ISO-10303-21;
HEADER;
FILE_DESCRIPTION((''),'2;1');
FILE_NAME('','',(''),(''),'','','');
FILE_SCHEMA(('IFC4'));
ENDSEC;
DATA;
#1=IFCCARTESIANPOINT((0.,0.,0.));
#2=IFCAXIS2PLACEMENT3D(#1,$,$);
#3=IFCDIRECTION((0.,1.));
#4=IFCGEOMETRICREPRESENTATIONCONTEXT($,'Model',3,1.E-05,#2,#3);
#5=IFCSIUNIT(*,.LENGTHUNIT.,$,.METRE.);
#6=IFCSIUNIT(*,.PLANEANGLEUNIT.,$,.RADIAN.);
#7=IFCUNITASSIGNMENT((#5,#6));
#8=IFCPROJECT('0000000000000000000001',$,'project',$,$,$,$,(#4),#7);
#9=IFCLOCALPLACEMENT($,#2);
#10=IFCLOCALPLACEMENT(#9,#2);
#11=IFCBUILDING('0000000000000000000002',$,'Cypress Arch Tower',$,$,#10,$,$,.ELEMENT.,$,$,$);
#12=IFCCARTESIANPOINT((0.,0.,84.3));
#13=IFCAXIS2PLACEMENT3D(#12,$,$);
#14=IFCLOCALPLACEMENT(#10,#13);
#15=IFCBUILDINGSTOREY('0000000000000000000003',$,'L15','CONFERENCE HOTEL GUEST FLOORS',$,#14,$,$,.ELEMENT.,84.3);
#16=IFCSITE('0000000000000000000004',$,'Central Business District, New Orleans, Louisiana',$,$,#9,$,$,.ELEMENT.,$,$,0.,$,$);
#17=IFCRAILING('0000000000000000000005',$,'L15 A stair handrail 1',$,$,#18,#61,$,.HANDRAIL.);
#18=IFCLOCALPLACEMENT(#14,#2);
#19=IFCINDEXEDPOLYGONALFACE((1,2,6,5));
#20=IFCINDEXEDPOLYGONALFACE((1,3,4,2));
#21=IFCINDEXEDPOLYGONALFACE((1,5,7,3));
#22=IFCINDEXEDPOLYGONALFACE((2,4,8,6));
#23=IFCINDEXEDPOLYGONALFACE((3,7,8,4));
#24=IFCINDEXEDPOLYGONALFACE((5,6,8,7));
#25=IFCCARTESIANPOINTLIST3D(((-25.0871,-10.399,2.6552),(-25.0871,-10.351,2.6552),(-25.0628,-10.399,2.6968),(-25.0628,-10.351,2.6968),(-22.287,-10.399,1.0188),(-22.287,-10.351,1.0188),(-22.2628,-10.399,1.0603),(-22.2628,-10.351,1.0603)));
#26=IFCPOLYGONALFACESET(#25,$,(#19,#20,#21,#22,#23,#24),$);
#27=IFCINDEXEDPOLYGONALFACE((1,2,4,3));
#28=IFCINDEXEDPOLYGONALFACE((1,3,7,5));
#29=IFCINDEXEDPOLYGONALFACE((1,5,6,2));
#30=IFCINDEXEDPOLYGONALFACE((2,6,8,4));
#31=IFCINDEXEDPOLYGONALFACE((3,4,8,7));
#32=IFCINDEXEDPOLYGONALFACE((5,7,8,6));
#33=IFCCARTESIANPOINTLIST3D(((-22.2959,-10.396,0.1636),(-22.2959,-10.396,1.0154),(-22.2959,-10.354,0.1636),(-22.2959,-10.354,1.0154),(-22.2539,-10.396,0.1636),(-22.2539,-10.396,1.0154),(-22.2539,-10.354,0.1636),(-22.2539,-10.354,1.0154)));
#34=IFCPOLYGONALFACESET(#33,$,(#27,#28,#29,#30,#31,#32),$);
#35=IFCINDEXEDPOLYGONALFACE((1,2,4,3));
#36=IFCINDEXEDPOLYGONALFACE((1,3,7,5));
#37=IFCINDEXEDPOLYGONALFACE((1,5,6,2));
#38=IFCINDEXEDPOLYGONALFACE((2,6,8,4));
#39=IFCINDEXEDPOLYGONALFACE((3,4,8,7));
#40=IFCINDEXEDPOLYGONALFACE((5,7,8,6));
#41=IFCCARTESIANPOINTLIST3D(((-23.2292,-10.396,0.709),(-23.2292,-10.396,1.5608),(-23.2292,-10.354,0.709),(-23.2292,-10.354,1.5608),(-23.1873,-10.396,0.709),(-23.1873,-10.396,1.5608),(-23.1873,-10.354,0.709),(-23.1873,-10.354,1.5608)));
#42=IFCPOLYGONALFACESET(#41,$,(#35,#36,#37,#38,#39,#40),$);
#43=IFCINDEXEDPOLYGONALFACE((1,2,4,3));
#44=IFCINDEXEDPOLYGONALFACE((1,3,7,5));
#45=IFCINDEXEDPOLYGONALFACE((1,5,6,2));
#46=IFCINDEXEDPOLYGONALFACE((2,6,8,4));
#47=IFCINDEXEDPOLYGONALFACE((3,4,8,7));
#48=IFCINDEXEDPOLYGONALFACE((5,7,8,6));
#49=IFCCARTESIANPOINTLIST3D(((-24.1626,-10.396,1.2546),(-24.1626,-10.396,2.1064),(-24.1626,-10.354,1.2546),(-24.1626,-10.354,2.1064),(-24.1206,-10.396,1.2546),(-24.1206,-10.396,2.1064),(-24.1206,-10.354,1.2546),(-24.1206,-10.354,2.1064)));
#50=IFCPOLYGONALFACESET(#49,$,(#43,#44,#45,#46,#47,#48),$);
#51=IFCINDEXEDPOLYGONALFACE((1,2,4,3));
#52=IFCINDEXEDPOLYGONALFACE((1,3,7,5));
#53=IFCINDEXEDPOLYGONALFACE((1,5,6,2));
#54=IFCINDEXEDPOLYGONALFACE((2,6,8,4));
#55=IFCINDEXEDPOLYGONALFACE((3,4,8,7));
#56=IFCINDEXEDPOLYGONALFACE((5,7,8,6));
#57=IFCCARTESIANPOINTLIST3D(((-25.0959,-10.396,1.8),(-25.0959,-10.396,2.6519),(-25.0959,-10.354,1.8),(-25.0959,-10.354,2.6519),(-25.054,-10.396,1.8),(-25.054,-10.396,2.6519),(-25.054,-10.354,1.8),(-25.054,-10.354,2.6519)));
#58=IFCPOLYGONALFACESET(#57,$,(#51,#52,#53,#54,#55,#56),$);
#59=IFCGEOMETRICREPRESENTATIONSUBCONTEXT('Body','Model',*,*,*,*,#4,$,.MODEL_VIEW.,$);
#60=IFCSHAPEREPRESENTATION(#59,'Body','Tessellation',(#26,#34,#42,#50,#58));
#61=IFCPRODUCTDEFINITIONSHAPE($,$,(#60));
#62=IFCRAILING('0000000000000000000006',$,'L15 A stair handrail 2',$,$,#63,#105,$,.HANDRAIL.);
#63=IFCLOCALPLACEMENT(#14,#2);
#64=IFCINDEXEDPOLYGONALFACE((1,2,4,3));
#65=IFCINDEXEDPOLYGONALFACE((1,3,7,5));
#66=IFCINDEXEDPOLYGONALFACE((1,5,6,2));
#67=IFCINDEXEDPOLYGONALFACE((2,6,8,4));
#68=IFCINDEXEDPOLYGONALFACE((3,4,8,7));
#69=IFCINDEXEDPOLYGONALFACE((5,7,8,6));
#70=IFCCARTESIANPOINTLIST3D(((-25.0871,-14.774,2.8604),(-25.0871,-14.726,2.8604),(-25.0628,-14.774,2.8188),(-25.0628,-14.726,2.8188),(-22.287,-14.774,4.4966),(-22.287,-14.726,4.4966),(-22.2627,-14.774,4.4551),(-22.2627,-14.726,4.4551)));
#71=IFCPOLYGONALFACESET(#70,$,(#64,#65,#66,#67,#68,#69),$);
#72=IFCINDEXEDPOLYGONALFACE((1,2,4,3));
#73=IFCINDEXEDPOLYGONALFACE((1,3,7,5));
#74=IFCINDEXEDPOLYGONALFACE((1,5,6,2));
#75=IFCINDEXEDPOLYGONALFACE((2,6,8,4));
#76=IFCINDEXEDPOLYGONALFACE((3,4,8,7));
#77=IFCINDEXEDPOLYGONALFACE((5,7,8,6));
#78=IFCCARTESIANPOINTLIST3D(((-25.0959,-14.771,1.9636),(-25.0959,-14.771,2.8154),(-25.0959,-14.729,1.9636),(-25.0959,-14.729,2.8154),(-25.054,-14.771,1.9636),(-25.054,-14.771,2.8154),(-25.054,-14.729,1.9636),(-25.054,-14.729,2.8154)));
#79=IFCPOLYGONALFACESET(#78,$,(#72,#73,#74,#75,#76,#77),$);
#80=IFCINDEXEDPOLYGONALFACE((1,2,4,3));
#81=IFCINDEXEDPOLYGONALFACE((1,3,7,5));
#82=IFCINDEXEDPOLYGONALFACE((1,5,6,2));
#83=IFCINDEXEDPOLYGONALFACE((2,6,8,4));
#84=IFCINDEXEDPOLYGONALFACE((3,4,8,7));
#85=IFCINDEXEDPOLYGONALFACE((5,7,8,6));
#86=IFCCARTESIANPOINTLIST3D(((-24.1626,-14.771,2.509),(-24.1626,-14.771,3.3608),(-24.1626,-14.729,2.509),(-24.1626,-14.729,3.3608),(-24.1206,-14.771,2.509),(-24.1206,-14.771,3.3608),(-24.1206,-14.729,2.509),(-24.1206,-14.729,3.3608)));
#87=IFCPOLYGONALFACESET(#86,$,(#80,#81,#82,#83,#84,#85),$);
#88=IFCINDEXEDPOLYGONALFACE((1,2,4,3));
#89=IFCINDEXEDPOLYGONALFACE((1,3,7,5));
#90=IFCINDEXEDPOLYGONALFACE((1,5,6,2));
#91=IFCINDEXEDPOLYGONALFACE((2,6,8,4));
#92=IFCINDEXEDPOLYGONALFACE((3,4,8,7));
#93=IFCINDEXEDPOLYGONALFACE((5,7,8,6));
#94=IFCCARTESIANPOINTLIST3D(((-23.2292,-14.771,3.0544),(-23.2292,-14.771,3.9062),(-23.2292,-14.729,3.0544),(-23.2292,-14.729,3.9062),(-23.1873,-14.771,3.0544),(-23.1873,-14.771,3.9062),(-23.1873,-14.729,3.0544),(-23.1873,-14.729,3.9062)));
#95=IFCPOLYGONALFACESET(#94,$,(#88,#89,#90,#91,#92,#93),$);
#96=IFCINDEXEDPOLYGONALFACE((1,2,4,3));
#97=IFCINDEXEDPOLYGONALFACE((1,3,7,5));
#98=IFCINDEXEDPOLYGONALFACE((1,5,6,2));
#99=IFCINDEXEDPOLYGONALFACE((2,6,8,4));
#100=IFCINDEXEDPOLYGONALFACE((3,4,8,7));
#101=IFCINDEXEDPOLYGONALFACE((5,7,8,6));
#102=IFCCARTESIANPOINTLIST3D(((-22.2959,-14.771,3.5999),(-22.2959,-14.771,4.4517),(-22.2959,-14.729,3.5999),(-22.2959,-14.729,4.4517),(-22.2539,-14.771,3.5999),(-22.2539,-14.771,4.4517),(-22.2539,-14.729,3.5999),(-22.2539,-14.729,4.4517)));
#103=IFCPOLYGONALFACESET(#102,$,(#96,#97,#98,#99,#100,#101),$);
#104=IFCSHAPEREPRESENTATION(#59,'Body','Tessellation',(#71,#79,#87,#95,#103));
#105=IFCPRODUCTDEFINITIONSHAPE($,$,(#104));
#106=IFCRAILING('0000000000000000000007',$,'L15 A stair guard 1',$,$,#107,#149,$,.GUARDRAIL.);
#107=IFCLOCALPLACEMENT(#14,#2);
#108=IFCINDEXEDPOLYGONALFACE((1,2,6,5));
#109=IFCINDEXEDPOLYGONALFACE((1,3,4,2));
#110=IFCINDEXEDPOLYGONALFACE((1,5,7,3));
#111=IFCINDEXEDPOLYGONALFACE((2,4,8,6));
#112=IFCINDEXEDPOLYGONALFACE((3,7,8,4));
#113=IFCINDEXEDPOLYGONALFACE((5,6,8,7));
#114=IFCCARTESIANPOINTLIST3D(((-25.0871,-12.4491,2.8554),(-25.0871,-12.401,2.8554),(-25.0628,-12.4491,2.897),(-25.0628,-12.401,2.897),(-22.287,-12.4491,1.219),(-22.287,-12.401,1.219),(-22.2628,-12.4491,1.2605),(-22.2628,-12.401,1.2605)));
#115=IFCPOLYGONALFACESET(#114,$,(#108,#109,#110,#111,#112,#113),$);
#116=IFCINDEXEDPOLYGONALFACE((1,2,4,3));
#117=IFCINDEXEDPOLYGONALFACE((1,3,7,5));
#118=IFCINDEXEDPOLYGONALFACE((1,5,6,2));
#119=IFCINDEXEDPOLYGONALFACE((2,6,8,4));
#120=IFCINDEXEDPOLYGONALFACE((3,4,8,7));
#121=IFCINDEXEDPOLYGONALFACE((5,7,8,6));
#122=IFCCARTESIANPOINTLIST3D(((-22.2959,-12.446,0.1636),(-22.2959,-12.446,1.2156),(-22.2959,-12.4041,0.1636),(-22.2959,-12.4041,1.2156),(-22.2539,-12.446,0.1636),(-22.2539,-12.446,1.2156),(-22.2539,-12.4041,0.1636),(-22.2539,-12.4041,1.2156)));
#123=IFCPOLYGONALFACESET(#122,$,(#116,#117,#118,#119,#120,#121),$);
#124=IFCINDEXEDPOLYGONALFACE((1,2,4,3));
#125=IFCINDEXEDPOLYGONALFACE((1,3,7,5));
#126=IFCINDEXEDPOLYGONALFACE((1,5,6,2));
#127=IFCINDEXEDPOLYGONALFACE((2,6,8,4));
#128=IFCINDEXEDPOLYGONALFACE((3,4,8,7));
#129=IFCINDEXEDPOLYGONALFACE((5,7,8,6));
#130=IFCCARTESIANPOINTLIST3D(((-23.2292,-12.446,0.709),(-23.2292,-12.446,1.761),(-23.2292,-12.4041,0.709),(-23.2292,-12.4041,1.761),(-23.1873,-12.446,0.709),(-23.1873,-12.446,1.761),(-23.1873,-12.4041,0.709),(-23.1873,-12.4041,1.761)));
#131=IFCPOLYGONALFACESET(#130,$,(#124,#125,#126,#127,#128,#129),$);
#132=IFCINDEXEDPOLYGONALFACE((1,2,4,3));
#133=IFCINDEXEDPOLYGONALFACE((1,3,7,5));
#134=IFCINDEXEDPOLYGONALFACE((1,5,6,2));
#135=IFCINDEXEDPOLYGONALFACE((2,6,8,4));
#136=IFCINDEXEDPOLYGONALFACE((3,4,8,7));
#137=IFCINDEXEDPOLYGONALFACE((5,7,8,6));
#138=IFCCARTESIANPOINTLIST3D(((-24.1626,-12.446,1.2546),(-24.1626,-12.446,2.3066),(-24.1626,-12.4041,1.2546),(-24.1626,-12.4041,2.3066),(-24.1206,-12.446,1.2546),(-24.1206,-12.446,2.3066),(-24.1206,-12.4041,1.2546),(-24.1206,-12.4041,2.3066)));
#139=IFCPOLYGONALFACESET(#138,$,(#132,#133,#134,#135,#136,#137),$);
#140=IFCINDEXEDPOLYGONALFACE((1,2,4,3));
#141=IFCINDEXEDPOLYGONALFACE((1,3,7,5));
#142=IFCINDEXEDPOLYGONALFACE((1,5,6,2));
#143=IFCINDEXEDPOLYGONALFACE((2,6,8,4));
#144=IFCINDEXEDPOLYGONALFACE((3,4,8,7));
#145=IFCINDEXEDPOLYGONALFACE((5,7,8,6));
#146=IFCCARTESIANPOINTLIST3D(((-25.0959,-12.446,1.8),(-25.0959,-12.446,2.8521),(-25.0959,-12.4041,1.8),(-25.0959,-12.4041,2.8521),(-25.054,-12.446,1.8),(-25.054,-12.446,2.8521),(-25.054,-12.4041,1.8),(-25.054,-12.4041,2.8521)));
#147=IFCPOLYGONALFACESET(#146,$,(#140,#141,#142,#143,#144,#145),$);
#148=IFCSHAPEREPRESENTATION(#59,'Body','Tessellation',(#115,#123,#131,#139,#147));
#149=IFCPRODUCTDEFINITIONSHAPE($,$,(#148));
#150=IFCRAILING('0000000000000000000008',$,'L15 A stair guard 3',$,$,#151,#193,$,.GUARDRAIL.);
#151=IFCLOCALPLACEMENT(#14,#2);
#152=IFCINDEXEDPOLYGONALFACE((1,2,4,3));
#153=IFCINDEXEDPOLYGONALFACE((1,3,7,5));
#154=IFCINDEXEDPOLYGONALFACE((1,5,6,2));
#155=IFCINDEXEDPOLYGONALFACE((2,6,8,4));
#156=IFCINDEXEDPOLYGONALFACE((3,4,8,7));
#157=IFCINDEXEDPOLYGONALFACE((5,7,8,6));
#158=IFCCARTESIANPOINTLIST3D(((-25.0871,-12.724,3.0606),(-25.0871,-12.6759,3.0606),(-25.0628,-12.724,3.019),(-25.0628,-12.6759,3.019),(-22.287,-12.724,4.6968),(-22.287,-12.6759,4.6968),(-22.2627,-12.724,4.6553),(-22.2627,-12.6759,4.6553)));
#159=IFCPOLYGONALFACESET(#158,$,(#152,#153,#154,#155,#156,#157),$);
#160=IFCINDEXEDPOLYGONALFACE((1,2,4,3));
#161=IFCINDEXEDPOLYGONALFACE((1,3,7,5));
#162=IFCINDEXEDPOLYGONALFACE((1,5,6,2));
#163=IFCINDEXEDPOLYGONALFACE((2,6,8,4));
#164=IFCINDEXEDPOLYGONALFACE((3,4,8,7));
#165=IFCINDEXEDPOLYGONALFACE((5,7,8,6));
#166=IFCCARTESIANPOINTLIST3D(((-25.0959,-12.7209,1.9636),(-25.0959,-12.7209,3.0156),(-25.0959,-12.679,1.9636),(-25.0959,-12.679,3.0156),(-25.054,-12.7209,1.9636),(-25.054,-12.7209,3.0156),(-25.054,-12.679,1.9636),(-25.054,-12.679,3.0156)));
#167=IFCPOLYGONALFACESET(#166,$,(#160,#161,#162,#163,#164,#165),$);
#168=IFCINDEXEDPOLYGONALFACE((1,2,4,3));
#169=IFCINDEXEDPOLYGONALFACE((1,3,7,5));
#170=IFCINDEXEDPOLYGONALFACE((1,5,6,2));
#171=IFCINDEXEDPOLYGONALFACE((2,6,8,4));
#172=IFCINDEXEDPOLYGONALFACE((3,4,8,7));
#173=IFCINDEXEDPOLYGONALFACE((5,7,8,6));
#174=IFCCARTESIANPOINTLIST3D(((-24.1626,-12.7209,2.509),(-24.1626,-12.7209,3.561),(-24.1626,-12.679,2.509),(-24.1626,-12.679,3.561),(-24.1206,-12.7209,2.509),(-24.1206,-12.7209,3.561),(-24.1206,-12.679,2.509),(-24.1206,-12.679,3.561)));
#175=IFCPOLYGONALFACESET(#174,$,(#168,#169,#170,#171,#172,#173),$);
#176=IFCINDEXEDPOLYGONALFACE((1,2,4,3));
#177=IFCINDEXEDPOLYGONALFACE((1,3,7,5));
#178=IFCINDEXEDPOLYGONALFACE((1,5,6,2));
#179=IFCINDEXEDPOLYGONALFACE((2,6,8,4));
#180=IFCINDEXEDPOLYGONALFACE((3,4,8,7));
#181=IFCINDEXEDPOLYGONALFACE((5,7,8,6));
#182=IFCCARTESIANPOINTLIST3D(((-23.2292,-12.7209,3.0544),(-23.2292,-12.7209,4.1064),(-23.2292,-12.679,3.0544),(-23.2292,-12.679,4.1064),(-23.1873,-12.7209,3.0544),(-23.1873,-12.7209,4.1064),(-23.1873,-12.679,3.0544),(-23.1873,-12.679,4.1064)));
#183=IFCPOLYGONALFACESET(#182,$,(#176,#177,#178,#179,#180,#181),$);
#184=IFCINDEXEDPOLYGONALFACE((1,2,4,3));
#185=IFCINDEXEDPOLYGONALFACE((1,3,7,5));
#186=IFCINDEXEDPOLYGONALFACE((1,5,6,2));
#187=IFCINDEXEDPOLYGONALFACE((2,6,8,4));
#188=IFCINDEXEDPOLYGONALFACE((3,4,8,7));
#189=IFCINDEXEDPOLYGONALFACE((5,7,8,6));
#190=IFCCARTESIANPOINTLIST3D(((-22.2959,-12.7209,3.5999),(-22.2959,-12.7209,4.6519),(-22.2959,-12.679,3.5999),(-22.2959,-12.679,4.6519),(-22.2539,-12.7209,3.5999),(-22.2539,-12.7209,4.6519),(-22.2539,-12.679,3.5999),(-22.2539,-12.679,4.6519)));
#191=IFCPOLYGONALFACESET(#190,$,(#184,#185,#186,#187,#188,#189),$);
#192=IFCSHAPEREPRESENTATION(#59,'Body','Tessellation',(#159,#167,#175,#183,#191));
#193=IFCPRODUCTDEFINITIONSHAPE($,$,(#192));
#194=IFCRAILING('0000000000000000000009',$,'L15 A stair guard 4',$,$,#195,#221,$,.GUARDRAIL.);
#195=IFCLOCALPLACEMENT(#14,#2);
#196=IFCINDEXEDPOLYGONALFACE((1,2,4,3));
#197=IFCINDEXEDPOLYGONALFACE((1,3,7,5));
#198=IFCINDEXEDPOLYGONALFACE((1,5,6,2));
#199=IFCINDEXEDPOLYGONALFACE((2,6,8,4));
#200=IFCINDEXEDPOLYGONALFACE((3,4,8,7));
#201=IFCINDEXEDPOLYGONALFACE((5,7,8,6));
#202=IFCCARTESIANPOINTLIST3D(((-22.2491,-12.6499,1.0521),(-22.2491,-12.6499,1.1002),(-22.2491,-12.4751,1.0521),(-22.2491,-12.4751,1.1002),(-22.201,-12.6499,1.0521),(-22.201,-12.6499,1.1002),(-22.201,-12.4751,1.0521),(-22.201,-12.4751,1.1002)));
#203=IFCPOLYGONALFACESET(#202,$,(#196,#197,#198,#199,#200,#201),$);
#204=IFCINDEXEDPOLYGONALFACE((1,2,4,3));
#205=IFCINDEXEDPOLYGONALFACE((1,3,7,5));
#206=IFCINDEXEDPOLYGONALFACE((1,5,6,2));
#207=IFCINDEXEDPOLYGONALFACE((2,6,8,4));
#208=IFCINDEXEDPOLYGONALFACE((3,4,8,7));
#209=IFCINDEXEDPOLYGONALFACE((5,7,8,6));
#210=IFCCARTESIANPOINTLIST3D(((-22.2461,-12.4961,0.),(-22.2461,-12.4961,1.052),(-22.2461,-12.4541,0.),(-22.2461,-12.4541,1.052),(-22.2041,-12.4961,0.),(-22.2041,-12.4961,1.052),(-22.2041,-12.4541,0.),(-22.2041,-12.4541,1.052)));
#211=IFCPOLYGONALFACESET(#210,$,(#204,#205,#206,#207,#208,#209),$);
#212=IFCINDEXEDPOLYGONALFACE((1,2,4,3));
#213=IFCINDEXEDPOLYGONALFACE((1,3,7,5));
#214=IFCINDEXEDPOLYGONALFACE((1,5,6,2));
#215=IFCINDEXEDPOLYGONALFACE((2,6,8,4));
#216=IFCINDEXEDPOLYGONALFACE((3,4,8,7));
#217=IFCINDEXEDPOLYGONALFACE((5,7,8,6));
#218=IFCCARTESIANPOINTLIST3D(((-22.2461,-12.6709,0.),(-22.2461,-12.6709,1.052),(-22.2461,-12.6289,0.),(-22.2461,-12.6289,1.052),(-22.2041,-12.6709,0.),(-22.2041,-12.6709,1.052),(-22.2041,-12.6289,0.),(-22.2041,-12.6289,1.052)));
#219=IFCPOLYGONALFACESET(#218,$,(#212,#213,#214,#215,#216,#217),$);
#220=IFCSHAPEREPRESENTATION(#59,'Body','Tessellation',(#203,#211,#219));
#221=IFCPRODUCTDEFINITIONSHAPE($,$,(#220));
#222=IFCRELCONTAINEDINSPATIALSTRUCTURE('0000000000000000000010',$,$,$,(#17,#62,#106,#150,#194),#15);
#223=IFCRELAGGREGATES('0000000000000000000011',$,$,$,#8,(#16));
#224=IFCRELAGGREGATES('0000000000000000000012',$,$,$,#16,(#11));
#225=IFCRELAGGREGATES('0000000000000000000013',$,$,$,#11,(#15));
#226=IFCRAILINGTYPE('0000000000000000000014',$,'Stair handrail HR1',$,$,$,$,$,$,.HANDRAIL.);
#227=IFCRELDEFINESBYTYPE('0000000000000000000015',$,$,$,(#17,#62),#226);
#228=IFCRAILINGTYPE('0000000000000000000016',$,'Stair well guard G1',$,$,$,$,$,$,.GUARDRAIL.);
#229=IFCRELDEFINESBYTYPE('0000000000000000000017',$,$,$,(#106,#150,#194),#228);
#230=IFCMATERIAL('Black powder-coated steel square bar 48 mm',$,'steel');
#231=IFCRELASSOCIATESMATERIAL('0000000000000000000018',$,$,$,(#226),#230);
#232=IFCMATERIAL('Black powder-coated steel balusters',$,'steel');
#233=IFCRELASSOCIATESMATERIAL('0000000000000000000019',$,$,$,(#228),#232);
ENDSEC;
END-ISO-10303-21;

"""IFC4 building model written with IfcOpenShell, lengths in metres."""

from ifc_helpers import new_model, si_unit, direction, frame, origin, origin_2d, place, context, subcontext, project, spatial, rectangle, extrude, material, type_object, element, save


model = new_model("IFC4")

# Units and contexts
model_context = context("Model", 3, precision=1e-05, world=origin(), true_north=direction((0.0, 1.0)))
body_context = subcontext(model_context, "Body", "Model", "MODEL_VIEW")
ifc_project = project(units=[si_unit("LENGTHUNIT", "METRE"), si_unit("PLANEANGLEUNIT", "RADIAN")], contexts=[model_context])

# Site, building, storey
site_placement = place(None, origin())
site = spatial("IfcSite", under=ifc_project, at=site_placement, Name="Central Business District, New Orleans, Louisiana", CompositionType="ELEMENT", RefElevation=0.0)
building_placement = place(site_placement, origin())
building = spatial("IfcBuilding", under=site, at=building_placement, Name="Cypress Arch Tower", CompositionType="ELEMENT")
storey_placement = place(building_placement, frame((0.0, 0.0, 84.3)))
storey = spatial("IfcBuildingStorey", under=building, at=storey_placement, Name="L15", Description="CONFERENCE HOTEL GUEST FLOORS", CompositionType="ELEMENT", Elevation=84.3)

# Railings
ifc_material_1 = material(Name="Black powder-coated steel square bar 48 mm", Category="steel")
railing_type_1 = type_object("IfcRailingType", Name="Stair handrail HR1", PredefinedType="HANDRAIL", material=ifc_material_1)
railing_1_placement = place(storey_placement, frame((-22.2749, -10.375, 0.1636)))
element("IfcRailing", 1, at=railing_1_placement, inside=storey, type_object=railing_type_1, Name="L15 A stair handrail 1", PredefinedType="HANDRAIL", context=body_context, shape_type="SweptSolid", body=[
    extrude(rectangle(XDim=0.0481, YDim=0.0481, at=origin_2d()), frame((0.0, 0.0, 0.876), z_axis=(-0.863361, 0.0, 0.504587), x_axis=(0.0, -1.0, 0.0)), (0.0, 0.0, 1.0), 3.2432),
    extrude(rectangle(XDim=0.042, YDim=0.042, at=origin_2d()), origin(), (0.0, 0.0, 1.0), 0.8518),
    extrude(rectangle(XDim=0.042, YDim=0.042, at=origin_2d()), frame((-0.9333, 0.0, 0.5454)), (0.0, 0.0, 1.0), 0.8518),
    extrude(rectangle(XDim=0.042, YDim=0.042, at=origin_2d()), frame((-1.8667, 0.0, 1.0911)), (0.0, 0.0, 1.0), 0.8518),
    extrude(rectangle(XDim=0.042, YDim=0.042, at=origin_2d()), frame((-2.8, 0.0, 1.6365)), (0.0, 0.0, 1.0), 0.8518),
])
railing_2_placement = place(storey_placement, frame((-25.075, -14.75, 1.9636)))
element("IfcRailing", 2, at=railing_2_placement, inside=storey, type_object=railing_type_1, Name="L15 A stair handrail 2", PredefinedType="HANDRAIL", context=body_context, shape_type="SweptSolid", body=[
    extrude(rectangle(XDim=0.0481, YDim=0.0481, at=origin_2d()), frame((0.0, 0.0, 0.876), z_axis=(0.863394, 0.0, 0.504531), x_axis=(0.0, 1.0, 0.0)), (0.0, 0.0, 1.0), 3.2432),
    extrude(rectangle(XDim=0.042, YDim=0.042, at=origin_2d()), origin(), (0.0, 0.0, 1.0), 0.8518),
    extrude(rectangle(XDim=0.042, YDim=0.042, at=origin_2d()), frame((0.9333, 0.0, 0.5454)), (0.0, 0.0, 1.0), 0.8518),
    extrude(rectangle(XDim=0.042, YDim=0.042, at=origin_2d()), frame((1.8667, 0.0, 1.0908)), (0.0, 0.0, 1.0), 0.8518),
    extrude(rectangle(XDim=0.042, YDim=0.042, at=origin_2d()), frame((2.8, 0.0, 1.6362)), (0.0, 0.0, 1.0), 0.8518),
])
ifc_material_2 = material(Name="Black powder-coated steel balusters", Category="steel")
railing_type_2 = type_object("IfcRailingType", Name="Stair well guard G1", PredefinedType="GUARDRAIL", material=ifc_material_2)
railing_3_placement = place(storey_placement, frame((-22.2749, -12.425, 0.1636)))
element("IfcRailing", 3, at=railing_3_placement, inside=storey, type_object=railing_type_2, Name="L15 A stair guard 1", PredefinedType="GUARDRAIL", context=body_context, shape_type="SweptSolid", body=[
    extrude(rectangle(XDim=0.0481, YDim=0.0481, at=origin_2d()), frame((0.0, 0.0, 1.0762), z_axis=(-0.863361, 0.0, 0.504587), x_axis=(0.0, -1.0, 0.0)), (0.0, 0.0, 1.0), 3.2432),
    extrude(rectangle(XDim=0.042, YDim=0.042, at=origin_2d()), origin(), (0.0, 0.0, 1.0), 1.052),
    extrude(rectangle(XDim=0.042, YDim=0.042, at=origin_2d()), frame((-0.9333, 0.0, 0.5454)), (0.0, 0.0, 1.0), 1.052),
    extrude(rectangle(XDim=0.042, YDim=0.042, at=origin_2d()), frame((-1.8667, 0.0, 1.0911)), (0.0, 0.0, 1.0), 1.052),
    extrude(rectangle(XDim=0.042, YDim=0.042, at=origin_2d()), frame((-2.8, 0.0, 1.6365)), (0.0, 0.0, 1.0), 1.052),
])
railing_4_placement = place(storey_placement, frame((-25.075, -12.7, 1.9636)))
element("IfcRailing", 4, at=railing_4_placement, inside=storey, type_object=railing_type_2, Name="L15 A stair guard 3", PredefinedType="GUARDRAIL", context=body_context, shape_type="SweptSolid", body=[
    extrude(rectangle(XDim=0.0481, YDim=0.0481, at=origin_2d()), frame((0.0, 0.0, 1.0762), z_axis=(0.863394, 0.0, 0.504531), x_axis=(0.0, 1.0, 0.0)), (0.0, 0.0, 1.0), 3.2432),
    extrude(rectangle(XDim=0.042, YDim=0.042, at=origin_2d()), origin(), (0.0, 0.0, 1.0), 1.052),
    extrude(rectangle(XDim=0.042, YDim=0.042, at=origin_2d()), frame((0.9333, 0.0, 0.5454)), (0.0, 0.0, 1.0), 1.052),
    extrude(rectangle(XDim=0.042, YDim=0.042, at=origin_2d()), frame((1.8667, 0.0, 1.0908)), (0.0, 0.0, 1.0), 1.052),
    extrude(rectangle(XDim=0.042, YDim=0.042, at=origin_2d()), frame((2.8, 0.0, 1.6362)), (0.0, 0.0, 1.0), 1.052),
])
railing_5_placement = place(storey_placement, frame((-22.2251, -12.4751, 0.0)))
element("IfcRailing", 5, at=railing_5_placement, inside=storey, type_object=railing_type_2, Name="L15 A stair guard 4", PredefinedType="GUARDRAIL", context=body_context, shape_type="SweptSolid", body=[
    extrude(rectangle(XDim=0.0481, YDim=0.0481, at=origin_2d()), frame((0.0, 0.0, 1.0762), z_axis=(0.0, -1.0, 0.0), x_axis=(1.0, 0.0, 0.0)), (0.0, 0.0, 1.0), 0.1748),
    extrude(rectangle(XDim=0.042, YDim=0.042, at=origin_2d()), origin(), (0.0, 0.0, 1.0), 1.052),
    extrude(rectangle(XDim=0.042, YDim=0.042, at=origin_2d()), frame((0.0, -0.1748, 0.0)), (0.0, 0.0, 1.0), 1.052),
])

save(model, "model.ifc")
